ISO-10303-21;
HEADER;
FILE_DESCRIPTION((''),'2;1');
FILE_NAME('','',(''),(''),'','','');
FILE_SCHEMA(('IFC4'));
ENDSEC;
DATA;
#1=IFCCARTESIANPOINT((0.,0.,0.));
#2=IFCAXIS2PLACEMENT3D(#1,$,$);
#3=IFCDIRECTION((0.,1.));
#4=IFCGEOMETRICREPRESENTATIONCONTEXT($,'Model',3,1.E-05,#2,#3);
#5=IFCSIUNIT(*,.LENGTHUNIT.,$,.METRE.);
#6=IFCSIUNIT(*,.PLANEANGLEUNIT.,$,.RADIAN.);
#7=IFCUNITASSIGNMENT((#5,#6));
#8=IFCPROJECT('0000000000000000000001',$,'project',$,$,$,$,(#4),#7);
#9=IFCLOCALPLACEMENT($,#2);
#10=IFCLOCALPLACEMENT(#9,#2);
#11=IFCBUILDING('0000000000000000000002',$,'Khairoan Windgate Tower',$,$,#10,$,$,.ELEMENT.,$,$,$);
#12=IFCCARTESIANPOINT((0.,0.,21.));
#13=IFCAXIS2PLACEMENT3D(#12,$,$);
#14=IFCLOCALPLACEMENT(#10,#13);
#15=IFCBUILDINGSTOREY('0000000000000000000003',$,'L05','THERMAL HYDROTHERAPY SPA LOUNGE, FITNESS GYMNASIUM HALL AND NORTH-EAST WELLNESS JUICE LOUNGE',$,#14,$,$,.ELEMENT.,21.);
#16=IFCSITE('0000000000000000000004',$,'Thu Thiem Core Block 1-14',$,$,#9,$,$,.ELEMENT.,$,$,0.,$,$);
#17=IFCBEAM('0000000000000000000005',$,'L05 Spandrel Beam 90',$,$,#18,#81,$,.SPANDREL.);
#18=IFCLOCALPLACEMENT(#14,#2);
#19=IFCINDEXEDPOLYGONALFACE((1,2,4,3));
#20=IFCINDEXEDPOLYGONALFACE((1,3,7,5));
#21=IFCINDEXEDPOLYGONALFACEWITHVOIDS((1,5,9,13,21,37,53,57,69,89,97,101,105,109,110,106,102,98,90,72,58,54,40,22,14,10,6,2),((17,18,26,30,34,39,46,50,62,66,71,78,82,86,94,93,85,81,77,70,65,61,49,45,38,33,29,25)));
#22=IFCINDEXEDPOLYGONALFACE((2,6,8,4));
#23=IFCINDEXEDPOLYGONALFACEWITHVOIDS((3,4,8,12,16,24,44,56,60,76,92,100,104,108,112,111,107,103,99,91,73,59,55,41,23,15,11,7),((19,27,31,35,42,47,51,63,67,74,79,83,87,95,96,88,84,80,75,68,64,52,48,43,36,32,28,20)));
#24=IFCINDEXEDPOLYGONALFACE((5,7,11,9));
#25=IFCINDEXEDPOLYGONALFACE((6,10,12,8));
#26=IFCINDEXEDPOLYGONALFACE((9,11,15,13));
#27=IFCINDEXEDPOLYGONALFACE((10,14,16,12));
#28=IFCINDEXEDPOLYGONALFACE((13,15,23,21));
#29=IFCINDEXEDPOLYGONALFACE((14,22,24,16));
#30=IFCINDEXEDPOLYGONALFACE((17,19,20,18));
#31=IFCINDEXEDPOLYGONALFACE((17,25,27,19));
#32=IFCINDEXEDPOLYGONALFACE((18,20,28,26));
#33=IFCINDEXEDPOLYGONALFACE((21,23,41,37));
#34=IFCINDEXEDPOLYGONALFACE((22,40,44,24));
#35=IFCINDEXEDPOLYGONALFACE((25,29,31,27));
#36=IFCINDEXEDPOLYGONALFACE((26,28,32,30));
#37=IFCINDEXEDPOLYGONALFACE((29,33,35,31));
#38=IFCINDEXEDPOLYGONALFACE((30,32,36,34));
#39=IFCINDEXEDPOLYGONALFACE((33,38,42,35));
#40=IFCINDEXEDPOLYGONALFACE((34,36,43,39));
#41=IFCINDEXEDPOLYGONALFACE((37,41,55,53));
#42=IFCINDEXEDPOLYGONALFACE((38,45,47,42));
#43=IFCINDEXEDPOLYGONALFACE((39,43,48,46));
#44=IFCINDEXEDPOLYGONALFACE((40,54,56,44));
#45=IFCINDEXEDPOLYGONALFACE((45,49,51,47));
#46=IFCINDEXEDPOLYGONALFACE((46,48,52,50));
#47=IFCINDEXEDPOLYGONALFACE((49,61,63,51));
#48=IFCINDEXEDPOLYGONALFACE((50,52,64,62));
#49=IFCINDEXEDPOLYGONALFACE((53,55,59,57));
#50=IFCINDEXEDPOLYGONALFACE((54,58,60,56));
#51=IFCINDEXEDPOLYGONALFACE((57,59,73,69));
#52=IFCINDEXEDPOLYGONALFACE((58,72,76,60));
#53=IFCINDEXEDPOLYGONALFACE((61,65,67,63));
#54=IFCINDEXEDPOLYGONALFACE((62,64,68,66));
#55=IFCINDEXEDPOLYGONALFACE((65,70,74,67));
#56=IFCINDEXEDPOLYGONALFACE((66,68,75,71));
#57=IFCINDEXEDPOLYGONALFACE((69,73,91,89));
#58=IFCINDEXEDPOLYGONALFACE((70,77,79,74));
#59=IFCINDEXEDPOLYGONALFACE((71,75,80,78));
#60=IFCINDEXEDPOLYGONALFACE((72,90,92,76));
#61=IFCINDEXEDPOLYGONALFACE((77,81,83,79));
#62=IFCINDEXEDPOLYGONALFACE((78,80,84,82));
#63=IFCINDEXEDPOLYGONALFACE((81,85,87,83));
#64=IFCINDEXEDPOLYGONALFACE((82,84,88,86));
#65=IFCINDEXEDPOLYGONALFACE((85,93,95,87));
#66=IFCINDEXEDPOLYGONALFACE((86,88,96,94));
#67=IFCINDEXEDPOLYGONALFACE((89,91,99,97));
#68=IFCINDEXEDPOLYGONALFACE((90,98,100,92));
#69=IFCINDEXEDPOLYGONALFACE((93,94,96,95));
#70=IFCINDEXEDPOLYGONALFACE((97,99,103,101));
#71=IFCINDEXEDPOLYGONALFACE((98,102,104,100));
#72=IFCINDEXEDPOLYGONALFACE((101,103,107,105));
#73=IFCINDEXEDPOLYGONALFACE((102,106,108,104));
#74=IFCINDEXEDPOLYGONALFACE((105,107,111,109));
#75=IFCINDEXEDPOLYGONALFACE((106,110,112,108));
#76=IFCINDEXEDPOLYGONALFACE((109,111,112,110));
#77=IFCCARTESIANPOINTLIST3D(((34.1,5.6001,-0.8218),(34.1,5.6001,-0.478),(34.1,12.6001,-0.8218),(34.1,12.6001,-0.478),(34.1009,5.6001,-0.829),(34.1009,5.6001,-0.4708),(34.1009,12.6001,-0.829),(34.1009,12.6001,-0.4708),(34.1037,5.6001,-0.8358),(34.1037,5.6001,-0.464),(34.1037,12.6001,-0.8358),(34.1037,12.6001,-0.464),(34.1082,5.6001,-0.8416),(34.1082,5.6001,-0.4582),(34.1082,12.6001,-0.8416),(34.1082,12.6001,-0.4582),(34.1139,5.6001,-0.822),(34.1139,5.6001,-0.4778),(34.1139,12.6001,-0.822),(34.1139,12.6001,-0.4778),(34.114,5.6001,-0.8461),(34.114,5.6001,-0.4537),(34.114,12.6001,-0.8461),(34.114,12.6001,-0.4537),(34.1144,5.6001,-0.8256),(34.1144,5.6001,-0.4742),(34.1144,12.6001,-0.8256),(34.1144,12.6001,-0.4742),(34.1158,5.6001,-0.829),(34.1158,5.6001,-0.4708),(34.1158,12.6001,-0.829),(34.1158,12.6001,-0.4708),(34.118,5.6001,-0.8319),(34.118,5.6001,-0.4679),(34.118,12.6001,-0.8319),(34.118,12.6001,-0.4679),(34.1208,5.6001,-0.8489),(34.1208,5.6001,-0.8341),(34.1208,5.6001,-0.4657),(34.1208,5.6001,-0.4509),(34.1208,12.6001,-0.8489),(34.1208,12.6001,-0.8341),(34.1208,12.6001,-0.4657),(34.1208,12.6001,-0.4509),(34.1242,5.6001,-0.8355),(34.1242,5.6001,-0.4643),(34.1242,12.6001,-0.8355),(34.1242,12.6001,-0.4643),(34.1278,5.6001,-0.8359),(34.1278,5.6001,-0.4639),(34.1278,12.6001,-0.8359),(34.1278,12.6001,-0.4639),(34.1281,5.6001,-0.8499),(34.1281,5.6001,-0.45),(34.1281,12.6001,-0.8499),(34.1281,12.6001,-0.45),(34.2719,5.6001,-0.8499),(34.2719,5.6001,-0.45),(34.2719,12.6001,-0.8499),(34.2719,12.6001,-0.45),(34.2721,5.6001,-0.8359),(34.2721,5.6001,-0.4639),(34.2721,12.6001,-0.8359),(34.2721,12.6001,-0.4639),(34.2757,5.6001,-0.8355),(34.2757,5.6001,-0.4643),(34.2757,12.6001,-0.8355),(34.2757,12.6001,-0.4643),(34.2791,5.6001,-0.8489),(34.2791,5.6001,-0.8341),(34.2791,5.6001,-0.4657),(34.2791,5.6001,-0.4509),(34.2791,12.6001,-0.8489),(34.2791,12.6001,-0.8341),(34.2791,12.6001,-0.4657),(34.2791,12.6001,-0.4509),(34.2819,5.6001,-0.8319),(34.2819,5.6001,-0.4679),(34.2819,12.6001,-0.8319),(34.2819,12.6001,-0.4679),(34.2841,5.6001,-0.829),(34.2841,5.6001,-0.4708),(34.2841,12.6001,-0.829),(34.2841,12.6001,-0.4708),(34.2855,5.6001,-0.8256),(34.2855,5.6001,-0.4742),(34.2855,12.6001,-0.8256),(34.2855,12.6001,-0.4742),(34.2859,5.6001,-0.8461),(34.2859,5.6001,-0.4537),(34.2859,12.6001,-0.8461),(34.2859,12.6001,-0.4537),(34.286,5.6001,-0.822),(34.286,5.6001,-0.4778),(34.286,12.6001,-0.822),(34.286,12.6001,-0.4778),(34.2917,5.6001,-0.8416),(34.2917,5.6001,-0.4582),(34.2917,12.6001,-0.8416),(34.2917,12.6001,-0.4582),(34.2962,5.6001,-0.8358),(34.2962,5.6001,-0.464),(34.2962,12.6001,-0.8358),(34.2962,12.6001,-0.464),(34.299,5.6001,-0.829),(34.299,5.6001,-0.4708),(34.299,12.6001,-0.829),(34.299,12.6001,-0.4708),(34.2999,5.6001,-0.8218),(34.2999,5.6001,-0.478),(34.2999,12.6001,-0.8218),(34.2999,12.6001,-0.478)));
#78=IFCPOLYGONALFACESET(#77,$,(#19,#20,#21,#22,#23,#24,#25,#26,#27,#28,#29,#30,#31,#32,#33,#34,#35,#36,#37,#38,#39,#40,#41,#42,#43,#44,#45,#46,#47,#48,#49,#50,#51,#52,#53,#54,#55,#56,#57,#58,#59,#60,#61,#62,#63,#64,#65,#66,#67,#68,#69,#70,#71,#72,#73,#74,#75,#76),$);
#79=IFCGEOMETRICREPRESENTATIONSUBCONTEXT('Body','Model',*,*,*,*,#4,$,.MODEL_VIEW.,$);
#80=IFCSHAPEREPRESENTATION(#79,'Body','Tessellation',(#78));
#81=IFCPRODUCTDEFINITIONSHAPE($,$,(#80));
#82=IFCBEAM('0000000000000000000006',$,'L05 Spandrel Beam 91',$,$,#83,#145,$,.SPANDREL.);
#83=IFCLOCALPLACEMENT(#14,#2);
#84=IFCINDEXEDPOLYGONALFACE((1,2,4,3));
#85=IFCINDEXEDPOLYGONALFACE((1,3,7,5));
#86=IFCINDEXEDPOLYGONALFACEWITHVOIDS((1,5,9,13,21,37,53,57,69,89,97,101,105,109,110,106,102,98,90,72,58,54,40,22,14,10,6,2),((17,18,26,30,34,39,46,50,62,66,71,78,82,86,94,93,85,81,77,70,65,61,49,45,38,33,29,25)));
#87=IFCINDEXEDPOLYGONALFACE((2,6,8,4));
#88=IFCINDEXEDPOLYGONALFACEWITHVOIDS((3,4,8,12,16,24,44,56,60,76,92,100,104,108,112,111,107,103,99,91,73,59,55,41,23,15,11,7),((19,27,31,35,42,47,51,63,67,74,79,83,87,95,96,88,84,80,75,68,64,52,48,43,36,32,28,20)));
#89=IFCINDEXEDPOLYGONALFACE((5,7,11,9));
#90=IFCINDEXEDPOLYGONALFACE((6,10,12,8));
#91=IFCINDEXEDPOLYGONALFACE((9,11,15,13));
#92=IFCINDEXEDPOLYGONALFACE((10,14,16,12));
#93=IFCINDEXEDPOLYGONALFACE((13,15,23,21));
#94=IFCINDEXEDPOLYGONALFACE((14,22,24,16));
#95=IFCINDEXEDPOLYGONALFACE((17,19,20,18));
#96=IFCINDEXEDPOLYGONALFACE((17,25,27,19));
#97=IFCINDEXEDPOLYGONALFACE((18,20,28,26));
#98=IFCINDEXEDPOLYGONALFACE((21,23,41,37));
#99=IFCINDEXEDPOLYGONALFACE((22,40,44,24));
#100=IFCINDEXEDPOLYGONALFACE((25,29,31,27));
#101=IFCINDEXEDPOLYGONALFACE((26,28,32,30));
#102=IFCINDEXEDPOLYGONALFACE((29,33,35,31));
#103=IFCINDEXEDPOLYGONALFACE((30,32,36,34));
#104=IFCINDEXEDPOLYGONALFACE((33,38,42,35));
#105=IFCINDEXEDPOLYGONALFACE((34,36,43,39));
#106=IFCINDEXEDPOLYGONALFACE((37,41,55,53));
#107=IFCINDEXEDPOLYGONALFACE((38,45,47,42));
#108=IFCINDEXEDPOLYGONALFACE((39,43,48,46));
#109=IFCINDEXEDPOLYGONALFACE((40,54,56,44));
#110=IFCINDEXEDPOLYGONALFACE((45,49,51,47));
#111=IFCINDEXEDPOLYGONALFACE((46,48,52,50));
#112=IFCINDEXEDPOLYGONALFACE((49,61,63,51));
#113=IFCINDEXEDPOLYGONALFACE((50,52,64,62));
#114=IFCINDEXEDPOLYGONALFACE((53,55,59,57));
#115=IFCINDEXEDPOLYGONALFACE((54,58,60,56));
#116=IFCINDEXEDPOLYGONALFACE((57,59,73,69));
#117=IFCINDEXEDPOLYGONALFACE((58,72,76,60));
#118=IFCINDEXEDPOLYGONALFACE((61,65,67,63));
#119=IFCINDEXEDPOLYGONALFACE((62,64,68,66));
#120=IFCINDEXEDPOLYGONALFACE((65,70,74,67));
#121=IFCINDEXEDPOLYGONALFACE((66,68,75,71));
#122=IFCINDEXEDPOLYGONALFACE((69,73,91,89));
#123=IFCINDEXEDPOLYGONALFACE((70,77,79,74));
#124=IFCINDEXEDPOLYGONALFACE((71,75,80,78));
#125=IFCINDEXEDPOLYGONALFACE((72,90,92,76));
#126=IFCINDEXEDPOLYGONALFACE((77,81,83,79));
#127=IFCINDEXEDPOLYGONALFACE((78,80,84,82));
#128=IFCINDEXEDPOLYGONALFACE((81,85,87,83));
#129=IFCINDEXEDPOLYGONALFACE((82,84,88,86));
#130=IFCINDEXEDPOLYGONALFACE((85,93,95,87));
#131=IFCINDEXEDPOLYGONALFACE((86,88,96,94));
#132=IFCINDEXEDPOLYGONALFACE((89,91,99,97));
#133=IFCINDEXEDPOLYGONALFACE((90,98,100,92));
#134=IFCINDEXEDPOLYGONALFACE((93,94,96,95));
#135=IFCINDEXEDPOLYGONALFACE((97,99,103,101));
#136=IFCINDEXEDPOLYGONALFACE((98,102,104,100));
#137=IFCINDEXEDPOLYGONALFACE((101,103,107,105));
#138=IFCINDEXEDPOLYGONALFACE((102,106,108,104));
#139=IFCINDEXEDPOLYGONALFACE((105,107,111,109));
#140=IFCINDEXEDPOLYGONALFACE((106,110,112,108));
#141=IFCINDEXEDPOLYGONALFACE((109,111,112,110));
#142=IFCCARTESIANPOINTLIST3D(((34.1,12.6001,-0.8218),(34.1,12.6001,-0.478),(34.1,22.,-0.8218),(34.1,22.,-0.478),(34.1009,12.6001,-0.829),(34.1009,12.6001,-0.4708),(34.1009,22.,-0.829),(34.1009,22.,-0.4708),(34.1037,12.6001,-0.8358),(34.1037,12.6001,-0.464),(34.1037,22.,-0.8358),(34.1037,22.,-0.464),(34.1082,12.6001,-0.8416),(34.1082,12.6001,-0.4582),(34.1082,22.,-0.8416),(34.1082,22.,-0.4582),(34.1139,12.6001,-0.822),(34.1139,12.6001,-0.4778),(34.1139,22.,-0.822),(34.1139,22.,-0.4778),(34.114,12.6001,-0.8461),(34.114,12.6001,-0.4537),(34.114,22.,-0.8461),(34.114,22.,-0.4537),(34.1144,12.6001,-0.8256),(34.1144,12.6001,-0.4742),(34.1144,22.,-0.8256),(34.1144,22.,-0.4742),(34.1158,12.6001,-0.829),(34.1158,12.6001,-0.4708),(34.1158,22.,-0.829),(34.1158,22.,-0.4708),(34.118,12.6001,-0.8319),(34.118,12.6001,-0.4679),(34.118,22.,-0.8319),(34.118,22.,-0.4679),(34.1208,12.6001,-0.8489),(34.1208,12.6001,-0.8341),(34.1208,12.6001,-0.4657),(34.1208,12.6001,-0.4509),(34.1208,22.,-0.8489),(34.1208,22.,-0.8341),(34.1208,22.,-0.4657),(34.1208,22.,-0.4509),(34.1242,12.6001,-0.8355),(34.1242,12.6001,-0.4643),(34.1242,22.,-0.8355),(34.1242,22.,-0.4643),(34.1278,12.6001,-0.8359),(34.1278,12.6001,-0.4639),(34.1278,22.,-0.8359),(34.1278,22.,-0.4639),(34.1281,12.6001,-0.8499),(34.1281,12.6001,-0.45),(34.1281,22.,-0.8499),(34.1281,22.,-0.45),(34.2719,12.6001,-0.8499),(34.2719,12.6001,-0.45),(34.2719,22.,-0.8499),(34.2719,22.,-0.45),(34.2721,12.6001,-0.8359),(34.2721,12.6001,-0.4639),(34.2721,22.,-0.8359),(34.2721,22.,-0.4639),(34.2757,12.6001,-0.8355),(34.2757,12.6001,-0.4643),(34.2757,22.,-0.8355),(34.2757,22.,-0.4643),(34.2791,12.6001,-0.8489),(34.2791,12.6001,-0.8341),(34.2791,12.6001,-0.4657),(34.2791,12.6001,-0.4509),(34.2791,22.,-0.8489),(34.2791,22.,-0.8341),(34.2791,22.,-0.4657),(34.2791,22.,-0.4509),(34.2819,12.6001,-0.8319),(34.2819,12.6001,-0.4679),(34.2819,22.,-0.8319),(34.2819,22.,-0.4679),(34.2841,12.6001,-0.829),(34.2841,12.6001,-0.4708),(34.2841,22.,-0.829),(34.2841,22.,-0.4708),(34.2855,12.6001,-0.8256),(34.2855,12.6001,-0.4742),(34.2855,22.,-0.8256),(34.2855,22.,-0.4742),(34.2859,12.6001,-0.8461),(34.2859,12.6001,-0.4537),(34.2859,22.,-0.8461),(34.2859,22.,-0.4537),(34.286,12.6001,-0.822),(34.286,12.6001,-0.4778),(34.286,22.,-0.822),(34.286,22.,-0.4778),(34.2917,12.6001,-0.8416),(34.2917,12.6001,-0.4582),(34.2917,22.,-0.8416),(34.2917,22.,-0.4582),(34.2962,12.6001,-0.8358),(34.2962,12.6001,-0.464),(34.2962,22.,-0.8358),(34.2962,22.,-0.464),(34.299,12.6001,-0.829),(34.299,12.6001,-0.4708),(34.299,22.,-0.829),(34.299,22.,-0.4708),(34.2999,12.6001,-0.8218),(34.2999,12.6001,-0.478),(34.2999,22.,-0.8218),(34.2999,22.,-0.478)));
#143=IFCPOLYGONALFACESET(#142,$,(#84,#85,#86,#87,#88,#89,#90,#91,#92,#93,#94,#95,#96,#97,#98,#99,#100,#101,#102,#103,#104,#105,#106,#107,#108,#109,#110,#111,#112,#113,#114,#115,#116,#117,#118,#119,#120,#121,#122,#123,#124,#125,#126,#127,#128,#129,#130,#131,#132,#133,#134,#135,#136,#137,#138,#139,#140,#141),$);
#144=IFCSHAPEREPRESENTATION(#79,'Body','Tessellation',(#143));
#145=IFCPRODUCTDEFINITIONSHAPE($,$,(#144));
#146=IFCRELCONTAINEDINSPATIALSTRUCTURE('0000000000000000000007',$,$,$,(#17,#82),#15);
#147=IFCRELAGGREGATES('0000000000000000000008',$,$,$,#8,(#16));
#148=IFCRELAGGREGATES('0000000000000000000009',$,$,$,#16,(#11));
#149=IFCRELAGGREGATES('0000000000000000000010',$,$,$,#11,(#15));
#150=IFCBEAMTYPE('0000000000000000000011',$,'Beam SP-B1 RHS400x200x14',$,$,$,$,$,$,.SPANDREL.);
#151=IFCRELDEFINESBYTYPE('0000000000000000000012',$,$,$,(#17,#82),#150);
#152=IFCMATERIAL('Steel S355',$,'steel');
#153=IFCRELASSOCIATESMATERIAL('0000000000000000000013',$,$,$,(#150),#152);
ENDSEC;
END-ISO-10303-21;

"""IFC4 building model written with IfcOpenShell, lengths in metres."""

from ifc_helpers import new_model, si_unit, direction, frame, origin, origin_2d, place, context, subcontext, project, spatial, hollow_rectangle, extrude, material, material_profile, profile_set, type_object, element, save


model = new_model("IFC4")

# Units and contexts
model_context = context("Model", 3, precision=1e-05, world=origin(), true_north=direction((0.0, 1.0)))
body_context = subcontext(model_context, "Body", "Model", "MODEL_VIEW")
ifc_project = project(units=[si_unit("LENGTHUNIT", "METRE"), si_unit("PLANEANGLEUNIT", "RADIAN")], contexts=[model_context])

# Site, building, storey
site_placement = place(None, origin())
site = spatial("IfcSite", under=ifc_project, at=site_placement, Name="Thu Thiem Core Block 1-14", CompositionType="ELEMENT", RefElevation=0.0)
building_placement = place(site_placement, origin())
building = spatial("IfcBuilding", under=site, at=building_placement, Name="Khairoan Windgate Tower", CompositionType="ELEMENT")
storey_placement = place(building_placement, frame((0.0, 0.0, 21.0)))
storey = spatial("IfcBuildingStorey", under=building, at=storey_placement, Name="L05", Description="THERMAL HYDROTHERAPY SPA LOUNGE, FITNESS GYMNASIUM HALL AND NORTH-EAST WELLNESS JUICE LOUNGE", CompositionType="ELEMENT", Elevation=21.0)

# Beams
ifc_material_1 = material(Name="Steel S355", Category="steel")
ifc_material_profile_1 = material_profile(ifc_material_1, hollow_rectangle(XDim=0.2, YDim=0.3999, WallThickness=0.0139, InnerFilletRadius=0.0139, OuterFilletRadius=0.0281, at=origin_2d()))
ifc_profile_set_1 = profile_set([ifc_material_profile_1], Name="Steel S355")
beam_type_1 = type_object("IfcBeamType", Name="Beam SP-B1 RHS400x200x14", PredefinedType="SPANDREL", material=ifc_profile_set_1)
beam_1_placement = place(storey_placement, frame((34.2, 5.6001, -0.6499), z_axis=(0.0, 1.0, 0.0), x_axis=(-1.0, 0.0, 0.0)))
element("IfcBeam", 1, at=beam_1_placement, inside=storey, type_object=beam_type_1, Name="L05 Spandrel Beam 90", PredefinedType="SPANDREL", context=body_context, shape_type="SweptSolid", body=[
    extrude(hollow_rectangle(XDim=0.2, YDim=0.3999, WallThickness=0.0139, InnerFilletRadius=0.0139, OuterFilletRadius=0.0281, at=origin_2d()), origin(), (0.0, 0.0, 1.0), 7.0),
])
beam_2_placement = place(storey_placement, frame((34.2, 12.6001, -0.6499), z_axis=(0.0, 1.0, 0.0), x_axis=(-1.0, 0.0, 0.0)))
element("IfcBeam", 2, at=beam_2_placement, inside=storey, type_object=beam_type_1, Name="L05 Spandrel Beam 91", PredefinedType="SPANDREL", context=body_context, shape_type="SweptSolid", body=[
    extrude(hollow_rectangle(XDim=0.2, YDim=0.3999, WallThickness=0.0139, InnerFilletRadius=0.0139, OuterFilletRadius=0.0281, at=origin_2d()), origin(), (0.0, 0.0, 1.0), 9.3999),
])

save(model, "model.ifc")
